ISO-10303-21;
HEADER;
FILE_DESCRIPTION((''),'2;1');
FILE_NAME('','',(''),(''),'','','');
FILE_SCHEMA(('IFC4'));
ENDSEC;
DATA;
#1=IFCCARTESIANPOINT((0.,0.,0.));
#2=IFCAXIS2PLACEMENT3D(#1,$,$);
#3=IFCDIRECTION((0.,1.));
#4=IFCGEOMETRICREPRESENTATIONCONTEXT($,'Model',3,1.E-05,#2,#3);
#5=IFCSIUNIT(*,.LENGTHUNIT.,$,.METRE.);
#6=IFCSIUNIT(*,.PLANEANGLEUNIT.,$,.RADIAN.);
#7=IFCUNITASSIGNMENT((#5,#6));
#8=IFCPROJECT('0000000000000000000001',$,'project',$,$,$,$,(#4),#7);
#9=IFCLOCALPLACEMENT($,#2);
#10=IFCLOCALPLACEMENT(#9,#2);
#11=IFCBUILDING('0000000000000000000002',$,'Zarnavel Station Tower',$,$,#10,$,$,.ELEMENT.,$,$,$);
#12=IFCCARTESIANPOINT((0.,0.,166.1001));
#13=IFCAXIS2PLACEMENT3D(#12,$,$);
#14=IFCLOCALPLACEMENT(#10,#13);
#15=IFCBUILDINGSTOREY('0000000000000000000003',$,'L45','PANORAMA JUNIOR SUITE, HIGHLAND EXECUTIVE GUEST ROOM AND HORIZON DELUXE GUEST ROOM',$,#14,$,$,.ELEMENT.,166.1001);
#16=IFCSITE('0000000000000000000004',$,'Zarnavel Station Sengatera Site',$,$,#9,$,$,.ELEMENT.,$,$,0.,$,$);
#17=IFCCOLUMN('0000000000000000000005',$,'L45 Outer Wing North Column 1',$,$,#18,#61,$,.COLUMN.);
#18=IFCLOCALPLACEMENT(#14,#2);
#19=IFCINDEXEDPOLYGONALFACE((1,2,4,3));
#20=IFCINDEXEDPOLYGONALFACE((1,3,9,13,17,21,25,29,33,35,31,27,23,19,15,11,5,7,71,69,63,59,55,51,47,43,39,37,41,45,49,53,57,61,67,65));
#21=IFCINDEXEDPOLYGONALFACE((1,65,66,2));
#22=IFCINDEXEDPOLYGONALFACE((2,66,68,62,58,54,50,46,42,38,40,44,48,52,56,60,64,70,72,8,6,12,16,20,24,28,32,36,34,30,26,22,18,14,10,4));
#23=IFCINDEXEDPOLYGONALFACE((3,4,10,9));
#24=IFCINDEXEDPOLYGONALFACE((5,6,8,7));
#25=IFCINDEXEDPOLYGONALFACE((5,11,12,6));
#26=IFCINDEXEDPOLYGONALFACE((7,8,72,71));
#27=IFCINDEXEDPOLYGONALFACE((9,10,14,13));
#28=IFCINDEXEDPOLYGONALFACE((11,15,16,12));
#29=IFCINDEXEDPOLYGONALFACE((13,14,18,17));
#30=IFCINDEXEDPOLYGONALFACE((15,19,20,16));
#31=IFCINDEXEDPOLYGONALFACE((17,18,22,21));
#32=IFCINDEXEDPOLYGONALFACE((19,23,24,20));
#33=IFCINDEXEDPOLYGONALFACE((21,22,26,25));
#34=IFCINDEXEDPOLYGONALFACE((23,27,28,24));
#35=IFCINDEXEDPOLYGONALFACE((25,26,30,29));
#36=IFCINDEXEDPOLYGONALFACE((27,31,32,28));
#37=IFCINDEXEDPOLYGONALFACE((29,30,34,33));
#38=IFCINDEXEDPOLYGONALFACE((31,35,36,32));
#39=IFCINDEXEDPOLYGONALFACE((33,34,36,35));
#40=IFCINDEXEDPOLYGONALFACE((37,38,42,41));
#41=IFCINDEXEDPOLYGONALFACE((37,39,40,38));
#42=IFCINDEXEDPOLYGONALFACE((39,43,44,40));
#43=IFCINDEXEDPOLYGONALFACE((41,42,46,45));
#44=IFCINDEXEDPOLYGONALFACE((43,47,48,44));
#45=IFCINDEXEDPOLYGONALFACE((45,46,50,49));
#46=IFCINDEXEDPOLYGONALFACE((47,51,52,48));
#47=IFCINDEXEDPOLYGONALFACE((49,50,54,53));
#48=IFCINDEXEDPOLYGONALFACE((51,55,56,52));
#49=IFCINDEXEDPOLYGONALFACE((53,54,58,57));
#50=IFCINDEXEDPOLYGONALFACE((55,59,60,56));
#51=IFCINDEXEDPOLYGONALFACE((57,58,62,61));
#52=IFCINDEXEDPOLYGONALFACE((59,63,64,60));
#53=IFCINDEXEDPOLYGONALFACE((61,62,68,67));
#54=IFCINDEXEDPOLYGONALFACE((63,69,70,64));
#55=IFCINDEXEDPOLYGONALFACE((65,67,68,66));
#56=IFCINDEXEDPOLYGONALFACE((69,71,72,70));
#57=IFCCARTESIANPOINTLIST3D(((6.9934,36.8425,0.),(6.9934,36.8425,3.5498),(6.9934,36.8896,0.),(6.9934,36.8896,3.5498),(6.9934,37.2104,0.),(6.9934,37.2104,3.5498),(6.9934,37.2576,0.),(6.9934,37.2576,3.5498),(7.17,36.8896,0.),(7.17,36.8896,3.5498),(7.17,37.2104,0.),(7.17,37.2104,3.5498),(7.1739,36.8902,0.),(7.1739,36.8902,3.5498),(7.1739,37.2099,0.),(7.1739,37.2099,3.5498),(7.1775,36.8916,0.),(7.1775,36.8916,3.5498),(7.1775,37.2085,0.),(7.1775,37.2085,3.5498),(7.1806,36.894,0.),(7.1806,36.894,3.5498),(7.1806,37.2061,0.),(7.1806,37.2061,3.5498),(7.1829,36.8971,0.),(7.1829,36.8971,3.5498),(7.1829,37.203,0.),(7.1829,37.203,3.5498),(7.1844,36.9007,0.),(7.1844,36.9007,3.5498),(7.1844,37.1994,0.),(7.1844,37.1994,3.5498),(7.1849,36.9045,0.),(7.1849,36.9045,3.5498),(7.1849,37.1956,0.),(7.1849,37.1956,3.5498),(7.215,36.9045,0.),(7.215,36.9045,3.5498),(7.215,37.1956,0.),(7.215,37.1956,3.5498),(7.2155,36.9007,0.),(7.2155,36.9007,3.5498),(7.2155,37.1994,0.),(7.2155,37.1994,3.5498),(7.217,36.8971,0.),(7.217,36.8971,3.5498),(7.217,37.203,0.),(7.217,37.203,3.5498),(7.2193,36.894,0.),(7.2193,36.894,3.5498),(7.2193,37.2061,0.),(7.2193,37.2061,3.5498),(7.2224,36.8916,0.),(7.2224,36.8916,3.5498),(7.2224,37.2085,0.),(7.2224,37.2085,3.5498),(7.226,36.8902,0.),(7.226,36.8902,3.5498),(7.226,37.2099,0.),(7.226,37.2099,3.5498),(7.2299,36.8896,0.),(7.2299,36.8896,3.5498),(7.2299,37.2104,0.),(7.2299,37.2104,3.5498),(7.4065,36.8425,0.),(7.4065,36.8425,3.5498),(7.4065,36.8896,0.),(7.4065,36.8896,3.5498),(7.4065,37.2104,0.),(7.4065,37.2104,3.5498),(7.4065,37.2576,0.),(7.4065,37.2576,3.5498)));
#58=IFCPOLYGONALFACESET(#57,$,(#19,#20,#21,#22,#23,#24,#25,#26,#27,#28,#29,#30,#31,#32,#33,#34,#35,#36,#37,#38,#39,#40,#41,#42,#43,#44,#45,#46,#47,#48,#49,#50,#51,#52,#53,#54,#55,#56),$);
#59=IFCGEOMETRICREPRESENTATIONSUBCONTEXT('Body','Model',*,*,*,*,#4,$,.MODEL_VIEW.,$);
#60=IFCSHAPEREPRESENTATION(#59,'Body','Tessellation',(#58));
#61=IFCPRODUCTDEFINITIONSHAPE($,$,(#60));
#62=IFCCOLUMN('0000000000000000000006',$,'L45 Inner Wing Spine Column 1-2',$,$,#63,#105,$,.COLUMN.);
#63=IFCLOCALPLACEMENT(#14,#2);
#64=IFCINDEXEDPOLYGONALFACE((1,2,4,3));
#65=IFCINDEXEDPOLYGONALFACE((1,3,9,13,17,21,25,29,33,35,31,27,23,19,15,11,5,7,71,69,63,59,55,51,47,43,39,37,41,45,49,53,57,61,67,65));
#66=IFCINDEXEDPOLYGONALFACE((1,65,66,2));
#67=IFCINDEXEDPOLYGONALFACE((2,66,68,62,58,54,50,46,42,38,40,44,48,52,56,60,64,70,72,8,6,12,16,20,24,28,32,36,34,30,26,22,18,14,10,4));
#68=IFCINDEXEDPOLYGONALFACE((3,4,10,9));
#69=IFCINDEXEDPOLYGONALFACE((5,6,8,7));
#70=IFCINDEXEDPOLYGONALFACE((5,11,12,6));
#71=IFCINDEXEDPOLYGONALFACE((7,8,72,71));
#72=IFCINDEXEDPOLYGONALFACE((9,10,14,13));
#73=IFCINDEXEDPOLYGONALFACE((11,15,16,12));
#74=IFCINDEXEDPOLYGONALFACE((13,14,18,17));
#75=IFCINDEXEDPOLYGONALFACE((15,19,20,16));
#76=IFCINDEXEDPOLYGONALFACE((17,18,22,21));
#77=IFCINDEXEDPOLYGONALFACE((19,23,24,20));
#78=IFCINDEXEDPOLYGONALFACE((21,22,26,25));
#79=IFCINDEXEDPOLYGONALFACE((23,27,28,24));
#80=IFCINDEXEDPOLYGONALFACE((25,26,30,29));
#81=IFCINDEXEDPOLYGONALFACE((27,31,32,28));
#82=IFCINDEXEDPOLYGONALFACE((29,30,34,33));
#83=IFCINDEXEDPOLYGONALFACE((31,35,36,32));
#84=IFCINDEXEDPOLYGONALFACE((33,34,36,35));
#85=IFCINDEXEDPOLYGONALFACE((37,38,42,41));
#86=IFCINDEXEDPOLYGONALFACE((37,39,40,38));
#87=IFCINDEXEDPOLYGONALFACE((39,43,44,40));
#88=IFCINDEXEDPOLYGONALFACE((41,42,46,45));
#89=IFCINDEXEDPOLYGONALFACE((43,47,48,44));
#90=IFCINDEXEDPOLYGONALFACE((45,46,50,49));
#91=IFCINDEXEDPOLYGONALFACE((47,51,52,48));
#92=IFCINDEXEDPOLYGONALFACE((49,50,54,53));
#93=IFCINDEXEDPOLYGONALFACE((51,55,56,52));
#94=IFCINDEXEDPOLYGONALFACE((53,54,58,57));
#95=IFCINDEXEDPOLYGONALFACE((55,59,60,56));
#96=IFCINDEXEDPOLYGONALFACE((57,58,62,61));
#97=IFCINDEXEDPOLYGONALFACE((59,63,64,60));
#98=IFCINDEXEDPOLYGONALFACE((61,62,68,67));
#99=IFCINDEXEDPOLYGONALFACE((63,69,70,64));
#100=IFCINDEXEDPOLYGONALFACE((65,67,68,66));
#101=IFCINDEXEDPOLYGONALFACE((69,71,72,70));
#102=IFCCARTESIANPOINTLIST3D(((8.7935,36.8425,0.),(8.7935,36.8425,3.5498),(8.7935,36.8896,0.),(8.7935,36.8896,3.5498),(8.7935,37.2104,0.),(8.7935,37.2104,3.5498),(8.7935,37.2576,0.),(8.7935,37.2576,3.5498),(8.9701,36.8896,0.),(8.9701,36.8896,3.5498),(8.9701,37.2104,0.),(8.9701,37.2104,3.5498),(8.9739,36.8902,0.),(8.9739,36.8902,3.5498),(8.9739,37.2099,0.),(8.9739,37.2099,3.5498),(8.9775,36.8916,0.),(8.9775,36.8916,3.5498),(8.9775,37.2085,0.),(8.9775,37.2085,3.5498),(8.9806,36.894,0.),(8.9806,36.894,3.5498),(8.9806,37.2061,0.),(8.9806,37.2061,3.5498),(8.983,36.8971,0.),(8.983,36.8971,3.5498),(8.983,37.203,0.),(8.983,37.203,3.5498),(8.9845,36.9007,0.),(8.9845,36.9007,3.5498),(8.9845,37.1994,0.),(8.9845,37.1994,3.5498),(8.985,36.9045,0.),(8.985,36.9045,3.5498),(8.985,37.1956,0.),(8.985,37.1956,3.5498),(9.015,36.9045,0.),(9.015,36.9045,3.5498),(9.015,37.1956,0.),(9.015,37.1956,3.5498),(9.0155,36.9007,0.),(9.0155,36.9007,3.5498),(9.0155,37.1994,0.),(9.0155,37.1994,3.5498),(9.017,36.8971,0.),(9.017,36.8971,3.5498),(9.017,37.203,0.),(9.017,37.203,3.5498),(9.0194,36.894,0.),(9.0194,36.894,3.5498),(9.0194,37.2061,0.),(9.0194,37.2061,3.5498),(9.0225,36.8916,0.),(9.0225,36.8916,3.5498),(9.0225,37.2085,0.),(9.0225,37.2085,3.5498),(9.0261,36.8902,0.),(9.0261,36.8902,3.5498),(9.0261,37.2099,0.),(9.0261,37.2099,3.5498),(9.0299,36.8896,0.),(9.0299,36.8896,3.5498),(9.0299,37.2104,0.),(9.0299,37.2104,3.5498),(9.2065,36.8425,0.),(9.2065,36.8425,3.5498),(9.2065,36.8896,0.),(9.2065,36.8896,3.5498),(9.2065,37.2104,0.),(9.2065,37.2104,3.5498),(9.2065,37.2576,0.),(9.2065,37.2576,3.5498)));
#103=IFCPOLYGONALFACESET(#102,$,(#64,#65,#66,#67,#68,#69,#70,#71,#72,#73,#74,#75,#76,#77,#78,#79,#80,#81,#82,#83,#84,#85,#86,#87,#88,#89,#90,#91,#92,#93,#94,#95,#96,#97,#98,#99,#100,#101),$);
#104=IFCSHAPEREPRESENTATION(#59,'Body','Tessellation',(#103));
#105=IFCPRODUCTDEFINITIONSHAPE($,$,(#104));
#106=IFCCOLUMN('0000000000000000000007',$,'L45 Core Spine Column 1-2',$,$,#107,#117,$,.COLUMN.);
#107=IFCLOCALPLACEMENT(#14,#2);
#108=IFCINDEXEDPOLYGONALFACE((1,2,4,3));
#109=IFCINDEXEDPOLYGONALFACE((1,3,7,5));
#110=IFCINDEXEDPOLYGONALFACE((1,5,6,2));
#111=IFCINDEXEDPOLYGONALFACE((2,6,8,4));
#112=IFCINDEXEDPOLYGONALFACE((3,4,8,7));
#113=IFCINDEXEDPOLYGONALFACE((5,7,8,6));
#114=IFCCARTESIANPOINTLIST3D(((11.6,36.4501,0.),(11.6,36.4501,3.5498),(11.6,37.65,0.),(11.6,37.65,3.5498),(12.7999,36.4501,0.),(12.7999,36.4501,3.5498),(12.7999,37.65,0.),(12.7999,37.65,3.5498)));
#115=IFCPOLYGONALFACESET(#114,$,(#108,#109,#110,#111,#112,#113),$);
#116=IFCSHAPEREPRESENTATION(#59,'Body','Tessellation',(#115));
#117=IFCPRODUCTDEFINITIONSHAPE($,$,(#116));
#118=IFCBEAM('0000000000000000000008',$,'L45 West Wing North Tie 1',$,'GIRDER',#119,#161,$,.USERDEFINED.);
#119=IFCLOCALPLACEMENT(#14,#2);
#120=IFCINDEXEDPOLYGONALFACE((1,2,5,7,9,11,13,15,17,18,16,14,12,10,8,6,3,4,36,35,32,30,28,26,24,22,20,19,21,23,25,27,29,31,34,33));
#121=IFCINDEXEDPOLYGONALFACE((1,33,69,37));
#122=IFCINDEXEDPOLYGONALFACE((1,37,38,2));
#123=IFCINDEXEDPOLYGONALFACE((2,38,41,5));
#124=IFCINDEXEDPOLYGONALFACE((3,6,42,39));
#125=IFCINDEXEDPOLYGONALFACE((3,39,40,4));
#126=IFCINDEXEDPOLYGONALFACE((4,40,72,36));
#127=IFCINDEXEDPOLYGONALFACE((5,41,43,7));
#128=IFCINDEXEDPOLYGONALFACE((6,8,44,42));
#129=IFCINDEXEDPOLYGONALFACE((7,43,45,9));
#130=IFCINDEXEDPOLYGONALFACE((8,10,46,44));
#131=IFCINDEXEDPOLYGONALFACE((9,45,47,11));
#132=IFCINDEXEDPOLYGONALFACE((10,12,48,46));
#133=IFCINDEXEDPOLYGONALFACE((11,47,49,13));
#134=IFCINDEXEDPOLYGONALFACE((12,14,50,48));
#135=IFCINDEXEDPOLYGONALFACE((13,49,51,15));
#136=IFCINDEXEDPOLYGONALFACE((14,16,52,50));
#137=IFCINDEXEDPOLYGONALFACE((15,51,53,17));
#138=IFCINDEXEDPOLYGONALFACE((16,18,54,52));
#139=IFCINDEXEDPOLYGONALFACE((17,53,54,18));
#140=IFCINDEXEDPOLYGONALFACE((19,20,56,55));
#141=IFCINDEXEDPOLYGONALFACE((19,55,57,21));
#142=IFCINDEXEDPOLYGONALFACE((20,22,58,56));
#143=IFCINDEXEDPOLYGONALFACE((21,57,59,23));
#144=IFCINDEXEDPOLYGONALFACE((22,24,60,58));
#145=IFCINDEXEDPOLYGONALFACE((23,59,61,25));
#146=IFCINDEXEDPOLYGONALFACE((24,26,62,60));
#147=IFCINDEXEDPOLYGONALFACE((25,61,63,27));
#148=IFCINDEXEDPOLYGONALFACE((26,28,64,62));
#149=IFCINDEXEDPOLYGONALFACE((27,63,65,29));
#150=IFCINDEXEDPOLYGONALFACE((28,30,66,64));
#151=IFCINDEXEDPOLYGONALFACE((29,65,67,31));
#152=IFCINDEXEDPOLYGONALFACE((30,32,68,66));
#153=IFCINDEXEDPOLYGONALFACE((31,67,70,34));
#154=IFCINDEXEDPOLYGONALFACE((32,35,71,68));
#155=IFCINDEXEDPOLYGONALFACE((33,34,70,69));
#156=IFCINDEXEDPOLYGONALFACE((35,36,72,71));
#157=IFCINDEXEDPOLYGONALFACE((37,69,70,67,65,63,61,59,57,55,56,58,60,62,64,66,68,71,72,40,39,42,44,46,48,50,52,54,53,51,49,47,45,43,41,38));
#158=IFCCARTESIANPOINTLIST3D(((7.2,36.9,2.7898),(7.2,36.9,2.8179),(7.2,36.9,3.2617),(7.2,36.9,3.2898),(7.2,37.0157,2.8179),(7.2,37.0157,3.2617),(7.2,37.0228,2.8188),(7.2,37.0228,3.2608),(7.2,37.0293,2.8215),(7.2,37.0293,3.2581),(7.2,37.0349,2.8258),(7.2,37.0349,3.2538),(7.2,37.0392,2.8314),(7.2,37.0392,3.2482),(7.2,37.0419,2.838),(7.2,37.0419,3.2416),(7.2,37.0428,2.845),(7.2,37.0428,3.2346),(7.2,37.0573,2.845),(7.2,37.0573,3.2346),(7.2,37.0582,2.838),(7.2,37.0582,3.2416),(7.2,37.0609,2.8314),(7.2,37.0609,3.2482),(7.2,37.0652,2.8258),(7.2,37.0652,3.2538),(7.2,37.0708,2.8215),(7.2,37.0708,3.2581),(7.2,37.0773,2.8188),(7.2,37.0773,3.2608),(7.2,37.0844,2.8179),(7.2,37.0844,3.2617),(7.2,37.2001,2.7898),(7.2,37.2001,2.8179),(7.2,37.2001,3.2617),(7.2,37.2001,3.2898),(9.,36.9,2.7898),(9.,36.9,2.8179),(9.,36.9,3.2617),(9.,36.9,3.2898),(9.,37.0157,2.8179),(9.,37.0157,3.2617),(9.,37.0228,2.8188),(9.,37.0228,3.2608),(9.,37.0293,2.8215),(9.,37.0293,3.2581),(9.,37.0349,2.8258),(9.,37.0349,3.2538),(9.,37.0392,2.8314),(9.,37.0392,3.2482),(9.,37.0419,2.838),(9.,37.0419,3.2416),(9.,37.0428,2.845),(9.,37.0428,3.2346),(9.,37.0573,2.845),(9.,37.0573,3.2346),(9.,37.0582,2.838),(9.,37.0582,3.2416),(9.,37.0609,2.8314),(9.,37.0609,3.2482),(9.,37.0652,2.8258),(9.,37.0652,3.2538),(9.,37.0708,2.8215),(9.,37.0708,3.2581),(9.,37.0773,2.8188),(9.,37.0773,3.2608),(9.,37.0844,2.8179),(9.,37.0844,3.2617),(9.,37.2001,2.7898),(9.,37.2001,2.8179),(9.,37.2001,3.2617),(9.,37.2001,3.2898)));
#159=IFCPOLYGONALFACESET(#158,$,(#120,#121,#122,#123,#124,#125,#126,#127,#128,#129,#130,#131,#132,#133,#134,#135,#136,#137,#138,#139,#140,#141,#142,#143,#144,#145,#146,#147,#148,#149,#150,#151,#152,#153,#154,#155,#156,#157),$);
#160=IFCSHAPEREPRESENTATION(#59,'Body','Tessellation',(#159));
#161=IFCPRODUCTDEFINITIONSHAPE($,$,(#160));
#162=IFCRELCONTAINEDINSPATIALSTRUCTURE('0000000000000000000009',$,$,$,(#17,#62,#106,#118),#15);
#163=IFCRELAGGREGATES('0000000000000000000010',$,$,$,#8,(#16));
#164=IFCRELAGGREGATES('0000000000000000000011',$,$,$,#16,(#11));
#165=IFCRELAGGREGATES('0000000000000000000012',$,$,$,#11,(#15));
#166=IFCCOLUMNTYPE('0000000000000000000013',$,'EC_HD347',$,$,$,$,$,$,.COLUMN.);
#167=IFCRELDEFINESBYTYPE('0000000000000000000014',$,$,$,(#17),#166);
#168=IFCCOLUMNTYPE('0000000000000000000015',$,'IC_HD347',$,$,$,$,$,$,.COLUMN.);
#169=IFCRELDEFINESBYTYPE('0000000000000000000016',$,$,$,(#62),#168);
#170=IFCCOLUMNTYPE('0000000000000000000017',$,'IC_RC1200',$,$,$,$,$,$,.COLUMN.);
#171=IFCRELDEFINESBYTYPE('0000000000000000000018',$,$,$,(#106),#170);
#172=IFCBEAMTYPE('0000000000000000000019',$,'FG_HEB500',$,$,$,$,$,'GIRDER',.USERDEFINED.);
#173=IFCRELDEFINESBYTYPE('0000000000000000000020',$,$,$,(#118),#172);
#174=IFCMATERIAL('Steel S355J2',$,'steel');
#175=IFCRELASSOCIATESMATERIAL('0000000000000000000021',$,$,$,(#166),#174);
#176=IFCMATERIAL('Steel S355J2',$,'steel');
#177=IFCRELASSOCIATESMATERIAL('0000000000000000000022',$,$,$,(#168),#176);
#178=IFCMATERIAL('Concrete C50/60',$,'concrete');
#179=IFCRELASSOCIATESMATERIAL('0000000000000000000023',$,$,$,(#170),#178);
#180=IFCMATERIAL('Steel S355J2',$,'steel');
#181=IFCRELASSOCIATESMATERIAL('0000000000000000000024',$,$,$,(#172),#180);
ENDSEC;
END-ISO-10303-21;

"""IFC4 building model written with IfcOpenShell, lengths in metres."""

from ifc_helpers import new_model, si_unit, direction, frame, origin, origin_2d, place, context, subcontext, project, spatial, rectangle, i_section, extrude, material, material_profile, profile_set, type_object, element, save


model = new_model("IFC4")

# Units and contexts
model_context = context("Model", 3, precision=1e-05, world=origin(), true_north=direction((0.0, 1.0)))
body_context = subcontext(model_context, "Body", "Model", "MODEL_VIEW")
ifc_project = project(units=[si_unit("LENGTHUNIT", "METRE"), si_unit("PLANEANGLEUNIT", "RADIAN")], contexts=[model_context])

# Site, building, storey
site_placement = place(None, origin())
site = spatial("IfcSite", under=ifc_project, at=site_placement, Name="Zarnavel Station Sengatera Site", CompositionType="ELEMENT", RefElevation=0.0)
building_placement = place(site_placement, origin())
building = spatial("IfcBuilding", under=site, at=building_placement, Name="Zarnavel Station Tower", CompositionType="ELEMENT")
storey_placement = place(building_placement, frame((0.0, 0.0, 166.1001)))
storey = spatial("IfcBuildingStorey", under=building, at=storey_placement, Name="L45", Description="PANORAMA JUNIOR SUITE, HIGHLAND EXECUTIVE GUEST ROOM AND HORIZON DELUXE GUEST ROOM", CompositionType="ELEMENT", Elevation=166.1001)

# Columns
ifc_material_1 = material(Name="Steel S355J2", Category="steel")
ifc_material_profile_1 = material_profile(ifc_material_1, i_section(OverallWidth=0.4131, OverallDepth=0.415, WebThickness=0.03, FlangeThickness=0.0471, FilletRadius=0.0149, at=origin_2d()), Name="HD400x347")
ifc_profile_set_1 = profile_set([ifc_material_profile_1], Name="Steel S355J2")
column_type_1 = type_object("IfcColumnType", Name="EC_HD347", PredefinedType="COLUMN", material=ifc_profile_set_1)
column_1_placement = place(storey_placement, frame((7.2, 37.05, 0.0), z_axis=(0.0, 0.0, 1.0), x_axis=(1.0, 0.0, 0.0)))
element("IfcColumn", 1, at=column_1_placement, inside=storey, type_object=column_type_1, Name="L45 Outer Wing North Column 1", PredefinedType="COLUMN", context=body_context, shape_type="SweptSolid", body=[
    extrude(i_section(OverallWidth=0.4131, OverallDepth=0.415, WebThickness=0.03, FlangeThickness=0.0471, FilletRadius=0.0149, at=origin_2d()), origin(), (0.0, 0.0, 1.0), 3.5498),
])
ifc_material_2 = material(Name="Steel S355J2", Category="steel")
ifc_material_profile_2 = material_profile(ifc_material_2, i_section(OverallWidth=0.4131, OverallDepth=0.415, WebThickness=0.03, FlangeThickness=0.0471, FilletRadius=0.0149, at=origin_2d()), Name="HD400x347")
ifc_profile_set_2 = profile_set([ifc_material_profile_2], Name="Steel S355J2")
column_type_2 = type_object("IfcColumnType", Name="IC_HD347", PredefinedType="COLUMN", material=ifc_profile_set_2)
column_2_placement = place(storey_placement, frame((9.0, 37.05, 0.0), z_axis=(0.0, 0.0, 1.0), x_axis=(1.0, 0.0, 0.0)))
element("IfcColumn", 2, at=column_2_placement, inside=storey, type_object=column_type_2, Name="L45 Inner Wing Spine Column 1-2", PredefinedType="COLUMN", context=body_context, shape_type="SweptSolid", body=[
    extrude(i_section(OverallWidth=0.4131, OverallDepth=0.415, WebThickness=0.03, FlangeThickness=0.0471, FilletRadius=0.0149, at=origin_2d()), origin(), (0.0, 0.0, 1.0), 3.5498),
])
ifc_material_3 = material(Name="Concrete C50/60", Category="concrete")
ifc_material_profile_3 = material_profile(ifc_material_3, rectangle(XDim=1.2, YDim=1.2, at=origin_2d()), Name="RC1200x1200")
ifc_profile_set_3 = profile_set([ifc_material_profile_3], Name="Concrete C50/60")
column_type_3 = type_object("IfcColumnType", Name="IC_RC1200", PredefinedType="COLUMN", material=ifc_profile_set_3)
column_3_placement = place(storey_placement, frame((12.2, 37.05, 0.0), z_axis=(0.0, 0.0, 1.0), x_axis=(1.0, 0.0, 0.0)))
element("IfcColumn", 3, at=column_3_placement, inside=storey, type_object=column_type_3, Name="L45 Core Spine Column 1-2", PredefinedType="COLUMN", context=body_context, shape_type="SweptSolid", body=[
    extrude(rectangle(XDim=1.2, YDim=1.2, at=origin_2d()), origin(), (0.0, 0.0, 1.0), 3.5498),
])

# Beam
ifc_material_4 = material(Name="Steel S355J2", Category="steel")
ifc_material_profile_4 = material_profile(ifc_material_4, i_section(OverallWidth=0.3, OverallDepth=0.5, WebThickness=0.0144, FlangeThickness=0.0281, FilletRadius=0.0271, at=origin_2d()), Name="HEB500")
ifc_profile_set_4 = profile_set([ifc_material_profile_4], Name="Steel S355J2")
beam_type = type_object("IfcBeamType", Name="FG_HEB500", ElementType="GIRDER", PredefinedType="USERDEFINED", material=ifc_profile_set_4)
beam_1_placement = place(storey_placement, frame((7.2, 37.05, 3.0398), z_axis=(1.0, 0.0, 0.0), x_axis=(0.0, 1.0, 0.0)))
element("IfcBeam", 4, at=beam_1_placement, inside=storey, type_object=beam_type, Name="L45 West Wing North Tie 1", ObjectType="GIRDER", PredefinedType="USERDEFINED", context=body_context, shape_type="SweptSolid", body=[
    extrude(i_section(OverallWidth=0.3, OverallDepth=0.5, WebThickness=0.0144, FlangeThickness=0.0281, FilletRadius=0.0271, at=origin_2d()), origin(), (0.0, 0.0, 1.0), 1.8),
])

save(model, "model.ifc")
